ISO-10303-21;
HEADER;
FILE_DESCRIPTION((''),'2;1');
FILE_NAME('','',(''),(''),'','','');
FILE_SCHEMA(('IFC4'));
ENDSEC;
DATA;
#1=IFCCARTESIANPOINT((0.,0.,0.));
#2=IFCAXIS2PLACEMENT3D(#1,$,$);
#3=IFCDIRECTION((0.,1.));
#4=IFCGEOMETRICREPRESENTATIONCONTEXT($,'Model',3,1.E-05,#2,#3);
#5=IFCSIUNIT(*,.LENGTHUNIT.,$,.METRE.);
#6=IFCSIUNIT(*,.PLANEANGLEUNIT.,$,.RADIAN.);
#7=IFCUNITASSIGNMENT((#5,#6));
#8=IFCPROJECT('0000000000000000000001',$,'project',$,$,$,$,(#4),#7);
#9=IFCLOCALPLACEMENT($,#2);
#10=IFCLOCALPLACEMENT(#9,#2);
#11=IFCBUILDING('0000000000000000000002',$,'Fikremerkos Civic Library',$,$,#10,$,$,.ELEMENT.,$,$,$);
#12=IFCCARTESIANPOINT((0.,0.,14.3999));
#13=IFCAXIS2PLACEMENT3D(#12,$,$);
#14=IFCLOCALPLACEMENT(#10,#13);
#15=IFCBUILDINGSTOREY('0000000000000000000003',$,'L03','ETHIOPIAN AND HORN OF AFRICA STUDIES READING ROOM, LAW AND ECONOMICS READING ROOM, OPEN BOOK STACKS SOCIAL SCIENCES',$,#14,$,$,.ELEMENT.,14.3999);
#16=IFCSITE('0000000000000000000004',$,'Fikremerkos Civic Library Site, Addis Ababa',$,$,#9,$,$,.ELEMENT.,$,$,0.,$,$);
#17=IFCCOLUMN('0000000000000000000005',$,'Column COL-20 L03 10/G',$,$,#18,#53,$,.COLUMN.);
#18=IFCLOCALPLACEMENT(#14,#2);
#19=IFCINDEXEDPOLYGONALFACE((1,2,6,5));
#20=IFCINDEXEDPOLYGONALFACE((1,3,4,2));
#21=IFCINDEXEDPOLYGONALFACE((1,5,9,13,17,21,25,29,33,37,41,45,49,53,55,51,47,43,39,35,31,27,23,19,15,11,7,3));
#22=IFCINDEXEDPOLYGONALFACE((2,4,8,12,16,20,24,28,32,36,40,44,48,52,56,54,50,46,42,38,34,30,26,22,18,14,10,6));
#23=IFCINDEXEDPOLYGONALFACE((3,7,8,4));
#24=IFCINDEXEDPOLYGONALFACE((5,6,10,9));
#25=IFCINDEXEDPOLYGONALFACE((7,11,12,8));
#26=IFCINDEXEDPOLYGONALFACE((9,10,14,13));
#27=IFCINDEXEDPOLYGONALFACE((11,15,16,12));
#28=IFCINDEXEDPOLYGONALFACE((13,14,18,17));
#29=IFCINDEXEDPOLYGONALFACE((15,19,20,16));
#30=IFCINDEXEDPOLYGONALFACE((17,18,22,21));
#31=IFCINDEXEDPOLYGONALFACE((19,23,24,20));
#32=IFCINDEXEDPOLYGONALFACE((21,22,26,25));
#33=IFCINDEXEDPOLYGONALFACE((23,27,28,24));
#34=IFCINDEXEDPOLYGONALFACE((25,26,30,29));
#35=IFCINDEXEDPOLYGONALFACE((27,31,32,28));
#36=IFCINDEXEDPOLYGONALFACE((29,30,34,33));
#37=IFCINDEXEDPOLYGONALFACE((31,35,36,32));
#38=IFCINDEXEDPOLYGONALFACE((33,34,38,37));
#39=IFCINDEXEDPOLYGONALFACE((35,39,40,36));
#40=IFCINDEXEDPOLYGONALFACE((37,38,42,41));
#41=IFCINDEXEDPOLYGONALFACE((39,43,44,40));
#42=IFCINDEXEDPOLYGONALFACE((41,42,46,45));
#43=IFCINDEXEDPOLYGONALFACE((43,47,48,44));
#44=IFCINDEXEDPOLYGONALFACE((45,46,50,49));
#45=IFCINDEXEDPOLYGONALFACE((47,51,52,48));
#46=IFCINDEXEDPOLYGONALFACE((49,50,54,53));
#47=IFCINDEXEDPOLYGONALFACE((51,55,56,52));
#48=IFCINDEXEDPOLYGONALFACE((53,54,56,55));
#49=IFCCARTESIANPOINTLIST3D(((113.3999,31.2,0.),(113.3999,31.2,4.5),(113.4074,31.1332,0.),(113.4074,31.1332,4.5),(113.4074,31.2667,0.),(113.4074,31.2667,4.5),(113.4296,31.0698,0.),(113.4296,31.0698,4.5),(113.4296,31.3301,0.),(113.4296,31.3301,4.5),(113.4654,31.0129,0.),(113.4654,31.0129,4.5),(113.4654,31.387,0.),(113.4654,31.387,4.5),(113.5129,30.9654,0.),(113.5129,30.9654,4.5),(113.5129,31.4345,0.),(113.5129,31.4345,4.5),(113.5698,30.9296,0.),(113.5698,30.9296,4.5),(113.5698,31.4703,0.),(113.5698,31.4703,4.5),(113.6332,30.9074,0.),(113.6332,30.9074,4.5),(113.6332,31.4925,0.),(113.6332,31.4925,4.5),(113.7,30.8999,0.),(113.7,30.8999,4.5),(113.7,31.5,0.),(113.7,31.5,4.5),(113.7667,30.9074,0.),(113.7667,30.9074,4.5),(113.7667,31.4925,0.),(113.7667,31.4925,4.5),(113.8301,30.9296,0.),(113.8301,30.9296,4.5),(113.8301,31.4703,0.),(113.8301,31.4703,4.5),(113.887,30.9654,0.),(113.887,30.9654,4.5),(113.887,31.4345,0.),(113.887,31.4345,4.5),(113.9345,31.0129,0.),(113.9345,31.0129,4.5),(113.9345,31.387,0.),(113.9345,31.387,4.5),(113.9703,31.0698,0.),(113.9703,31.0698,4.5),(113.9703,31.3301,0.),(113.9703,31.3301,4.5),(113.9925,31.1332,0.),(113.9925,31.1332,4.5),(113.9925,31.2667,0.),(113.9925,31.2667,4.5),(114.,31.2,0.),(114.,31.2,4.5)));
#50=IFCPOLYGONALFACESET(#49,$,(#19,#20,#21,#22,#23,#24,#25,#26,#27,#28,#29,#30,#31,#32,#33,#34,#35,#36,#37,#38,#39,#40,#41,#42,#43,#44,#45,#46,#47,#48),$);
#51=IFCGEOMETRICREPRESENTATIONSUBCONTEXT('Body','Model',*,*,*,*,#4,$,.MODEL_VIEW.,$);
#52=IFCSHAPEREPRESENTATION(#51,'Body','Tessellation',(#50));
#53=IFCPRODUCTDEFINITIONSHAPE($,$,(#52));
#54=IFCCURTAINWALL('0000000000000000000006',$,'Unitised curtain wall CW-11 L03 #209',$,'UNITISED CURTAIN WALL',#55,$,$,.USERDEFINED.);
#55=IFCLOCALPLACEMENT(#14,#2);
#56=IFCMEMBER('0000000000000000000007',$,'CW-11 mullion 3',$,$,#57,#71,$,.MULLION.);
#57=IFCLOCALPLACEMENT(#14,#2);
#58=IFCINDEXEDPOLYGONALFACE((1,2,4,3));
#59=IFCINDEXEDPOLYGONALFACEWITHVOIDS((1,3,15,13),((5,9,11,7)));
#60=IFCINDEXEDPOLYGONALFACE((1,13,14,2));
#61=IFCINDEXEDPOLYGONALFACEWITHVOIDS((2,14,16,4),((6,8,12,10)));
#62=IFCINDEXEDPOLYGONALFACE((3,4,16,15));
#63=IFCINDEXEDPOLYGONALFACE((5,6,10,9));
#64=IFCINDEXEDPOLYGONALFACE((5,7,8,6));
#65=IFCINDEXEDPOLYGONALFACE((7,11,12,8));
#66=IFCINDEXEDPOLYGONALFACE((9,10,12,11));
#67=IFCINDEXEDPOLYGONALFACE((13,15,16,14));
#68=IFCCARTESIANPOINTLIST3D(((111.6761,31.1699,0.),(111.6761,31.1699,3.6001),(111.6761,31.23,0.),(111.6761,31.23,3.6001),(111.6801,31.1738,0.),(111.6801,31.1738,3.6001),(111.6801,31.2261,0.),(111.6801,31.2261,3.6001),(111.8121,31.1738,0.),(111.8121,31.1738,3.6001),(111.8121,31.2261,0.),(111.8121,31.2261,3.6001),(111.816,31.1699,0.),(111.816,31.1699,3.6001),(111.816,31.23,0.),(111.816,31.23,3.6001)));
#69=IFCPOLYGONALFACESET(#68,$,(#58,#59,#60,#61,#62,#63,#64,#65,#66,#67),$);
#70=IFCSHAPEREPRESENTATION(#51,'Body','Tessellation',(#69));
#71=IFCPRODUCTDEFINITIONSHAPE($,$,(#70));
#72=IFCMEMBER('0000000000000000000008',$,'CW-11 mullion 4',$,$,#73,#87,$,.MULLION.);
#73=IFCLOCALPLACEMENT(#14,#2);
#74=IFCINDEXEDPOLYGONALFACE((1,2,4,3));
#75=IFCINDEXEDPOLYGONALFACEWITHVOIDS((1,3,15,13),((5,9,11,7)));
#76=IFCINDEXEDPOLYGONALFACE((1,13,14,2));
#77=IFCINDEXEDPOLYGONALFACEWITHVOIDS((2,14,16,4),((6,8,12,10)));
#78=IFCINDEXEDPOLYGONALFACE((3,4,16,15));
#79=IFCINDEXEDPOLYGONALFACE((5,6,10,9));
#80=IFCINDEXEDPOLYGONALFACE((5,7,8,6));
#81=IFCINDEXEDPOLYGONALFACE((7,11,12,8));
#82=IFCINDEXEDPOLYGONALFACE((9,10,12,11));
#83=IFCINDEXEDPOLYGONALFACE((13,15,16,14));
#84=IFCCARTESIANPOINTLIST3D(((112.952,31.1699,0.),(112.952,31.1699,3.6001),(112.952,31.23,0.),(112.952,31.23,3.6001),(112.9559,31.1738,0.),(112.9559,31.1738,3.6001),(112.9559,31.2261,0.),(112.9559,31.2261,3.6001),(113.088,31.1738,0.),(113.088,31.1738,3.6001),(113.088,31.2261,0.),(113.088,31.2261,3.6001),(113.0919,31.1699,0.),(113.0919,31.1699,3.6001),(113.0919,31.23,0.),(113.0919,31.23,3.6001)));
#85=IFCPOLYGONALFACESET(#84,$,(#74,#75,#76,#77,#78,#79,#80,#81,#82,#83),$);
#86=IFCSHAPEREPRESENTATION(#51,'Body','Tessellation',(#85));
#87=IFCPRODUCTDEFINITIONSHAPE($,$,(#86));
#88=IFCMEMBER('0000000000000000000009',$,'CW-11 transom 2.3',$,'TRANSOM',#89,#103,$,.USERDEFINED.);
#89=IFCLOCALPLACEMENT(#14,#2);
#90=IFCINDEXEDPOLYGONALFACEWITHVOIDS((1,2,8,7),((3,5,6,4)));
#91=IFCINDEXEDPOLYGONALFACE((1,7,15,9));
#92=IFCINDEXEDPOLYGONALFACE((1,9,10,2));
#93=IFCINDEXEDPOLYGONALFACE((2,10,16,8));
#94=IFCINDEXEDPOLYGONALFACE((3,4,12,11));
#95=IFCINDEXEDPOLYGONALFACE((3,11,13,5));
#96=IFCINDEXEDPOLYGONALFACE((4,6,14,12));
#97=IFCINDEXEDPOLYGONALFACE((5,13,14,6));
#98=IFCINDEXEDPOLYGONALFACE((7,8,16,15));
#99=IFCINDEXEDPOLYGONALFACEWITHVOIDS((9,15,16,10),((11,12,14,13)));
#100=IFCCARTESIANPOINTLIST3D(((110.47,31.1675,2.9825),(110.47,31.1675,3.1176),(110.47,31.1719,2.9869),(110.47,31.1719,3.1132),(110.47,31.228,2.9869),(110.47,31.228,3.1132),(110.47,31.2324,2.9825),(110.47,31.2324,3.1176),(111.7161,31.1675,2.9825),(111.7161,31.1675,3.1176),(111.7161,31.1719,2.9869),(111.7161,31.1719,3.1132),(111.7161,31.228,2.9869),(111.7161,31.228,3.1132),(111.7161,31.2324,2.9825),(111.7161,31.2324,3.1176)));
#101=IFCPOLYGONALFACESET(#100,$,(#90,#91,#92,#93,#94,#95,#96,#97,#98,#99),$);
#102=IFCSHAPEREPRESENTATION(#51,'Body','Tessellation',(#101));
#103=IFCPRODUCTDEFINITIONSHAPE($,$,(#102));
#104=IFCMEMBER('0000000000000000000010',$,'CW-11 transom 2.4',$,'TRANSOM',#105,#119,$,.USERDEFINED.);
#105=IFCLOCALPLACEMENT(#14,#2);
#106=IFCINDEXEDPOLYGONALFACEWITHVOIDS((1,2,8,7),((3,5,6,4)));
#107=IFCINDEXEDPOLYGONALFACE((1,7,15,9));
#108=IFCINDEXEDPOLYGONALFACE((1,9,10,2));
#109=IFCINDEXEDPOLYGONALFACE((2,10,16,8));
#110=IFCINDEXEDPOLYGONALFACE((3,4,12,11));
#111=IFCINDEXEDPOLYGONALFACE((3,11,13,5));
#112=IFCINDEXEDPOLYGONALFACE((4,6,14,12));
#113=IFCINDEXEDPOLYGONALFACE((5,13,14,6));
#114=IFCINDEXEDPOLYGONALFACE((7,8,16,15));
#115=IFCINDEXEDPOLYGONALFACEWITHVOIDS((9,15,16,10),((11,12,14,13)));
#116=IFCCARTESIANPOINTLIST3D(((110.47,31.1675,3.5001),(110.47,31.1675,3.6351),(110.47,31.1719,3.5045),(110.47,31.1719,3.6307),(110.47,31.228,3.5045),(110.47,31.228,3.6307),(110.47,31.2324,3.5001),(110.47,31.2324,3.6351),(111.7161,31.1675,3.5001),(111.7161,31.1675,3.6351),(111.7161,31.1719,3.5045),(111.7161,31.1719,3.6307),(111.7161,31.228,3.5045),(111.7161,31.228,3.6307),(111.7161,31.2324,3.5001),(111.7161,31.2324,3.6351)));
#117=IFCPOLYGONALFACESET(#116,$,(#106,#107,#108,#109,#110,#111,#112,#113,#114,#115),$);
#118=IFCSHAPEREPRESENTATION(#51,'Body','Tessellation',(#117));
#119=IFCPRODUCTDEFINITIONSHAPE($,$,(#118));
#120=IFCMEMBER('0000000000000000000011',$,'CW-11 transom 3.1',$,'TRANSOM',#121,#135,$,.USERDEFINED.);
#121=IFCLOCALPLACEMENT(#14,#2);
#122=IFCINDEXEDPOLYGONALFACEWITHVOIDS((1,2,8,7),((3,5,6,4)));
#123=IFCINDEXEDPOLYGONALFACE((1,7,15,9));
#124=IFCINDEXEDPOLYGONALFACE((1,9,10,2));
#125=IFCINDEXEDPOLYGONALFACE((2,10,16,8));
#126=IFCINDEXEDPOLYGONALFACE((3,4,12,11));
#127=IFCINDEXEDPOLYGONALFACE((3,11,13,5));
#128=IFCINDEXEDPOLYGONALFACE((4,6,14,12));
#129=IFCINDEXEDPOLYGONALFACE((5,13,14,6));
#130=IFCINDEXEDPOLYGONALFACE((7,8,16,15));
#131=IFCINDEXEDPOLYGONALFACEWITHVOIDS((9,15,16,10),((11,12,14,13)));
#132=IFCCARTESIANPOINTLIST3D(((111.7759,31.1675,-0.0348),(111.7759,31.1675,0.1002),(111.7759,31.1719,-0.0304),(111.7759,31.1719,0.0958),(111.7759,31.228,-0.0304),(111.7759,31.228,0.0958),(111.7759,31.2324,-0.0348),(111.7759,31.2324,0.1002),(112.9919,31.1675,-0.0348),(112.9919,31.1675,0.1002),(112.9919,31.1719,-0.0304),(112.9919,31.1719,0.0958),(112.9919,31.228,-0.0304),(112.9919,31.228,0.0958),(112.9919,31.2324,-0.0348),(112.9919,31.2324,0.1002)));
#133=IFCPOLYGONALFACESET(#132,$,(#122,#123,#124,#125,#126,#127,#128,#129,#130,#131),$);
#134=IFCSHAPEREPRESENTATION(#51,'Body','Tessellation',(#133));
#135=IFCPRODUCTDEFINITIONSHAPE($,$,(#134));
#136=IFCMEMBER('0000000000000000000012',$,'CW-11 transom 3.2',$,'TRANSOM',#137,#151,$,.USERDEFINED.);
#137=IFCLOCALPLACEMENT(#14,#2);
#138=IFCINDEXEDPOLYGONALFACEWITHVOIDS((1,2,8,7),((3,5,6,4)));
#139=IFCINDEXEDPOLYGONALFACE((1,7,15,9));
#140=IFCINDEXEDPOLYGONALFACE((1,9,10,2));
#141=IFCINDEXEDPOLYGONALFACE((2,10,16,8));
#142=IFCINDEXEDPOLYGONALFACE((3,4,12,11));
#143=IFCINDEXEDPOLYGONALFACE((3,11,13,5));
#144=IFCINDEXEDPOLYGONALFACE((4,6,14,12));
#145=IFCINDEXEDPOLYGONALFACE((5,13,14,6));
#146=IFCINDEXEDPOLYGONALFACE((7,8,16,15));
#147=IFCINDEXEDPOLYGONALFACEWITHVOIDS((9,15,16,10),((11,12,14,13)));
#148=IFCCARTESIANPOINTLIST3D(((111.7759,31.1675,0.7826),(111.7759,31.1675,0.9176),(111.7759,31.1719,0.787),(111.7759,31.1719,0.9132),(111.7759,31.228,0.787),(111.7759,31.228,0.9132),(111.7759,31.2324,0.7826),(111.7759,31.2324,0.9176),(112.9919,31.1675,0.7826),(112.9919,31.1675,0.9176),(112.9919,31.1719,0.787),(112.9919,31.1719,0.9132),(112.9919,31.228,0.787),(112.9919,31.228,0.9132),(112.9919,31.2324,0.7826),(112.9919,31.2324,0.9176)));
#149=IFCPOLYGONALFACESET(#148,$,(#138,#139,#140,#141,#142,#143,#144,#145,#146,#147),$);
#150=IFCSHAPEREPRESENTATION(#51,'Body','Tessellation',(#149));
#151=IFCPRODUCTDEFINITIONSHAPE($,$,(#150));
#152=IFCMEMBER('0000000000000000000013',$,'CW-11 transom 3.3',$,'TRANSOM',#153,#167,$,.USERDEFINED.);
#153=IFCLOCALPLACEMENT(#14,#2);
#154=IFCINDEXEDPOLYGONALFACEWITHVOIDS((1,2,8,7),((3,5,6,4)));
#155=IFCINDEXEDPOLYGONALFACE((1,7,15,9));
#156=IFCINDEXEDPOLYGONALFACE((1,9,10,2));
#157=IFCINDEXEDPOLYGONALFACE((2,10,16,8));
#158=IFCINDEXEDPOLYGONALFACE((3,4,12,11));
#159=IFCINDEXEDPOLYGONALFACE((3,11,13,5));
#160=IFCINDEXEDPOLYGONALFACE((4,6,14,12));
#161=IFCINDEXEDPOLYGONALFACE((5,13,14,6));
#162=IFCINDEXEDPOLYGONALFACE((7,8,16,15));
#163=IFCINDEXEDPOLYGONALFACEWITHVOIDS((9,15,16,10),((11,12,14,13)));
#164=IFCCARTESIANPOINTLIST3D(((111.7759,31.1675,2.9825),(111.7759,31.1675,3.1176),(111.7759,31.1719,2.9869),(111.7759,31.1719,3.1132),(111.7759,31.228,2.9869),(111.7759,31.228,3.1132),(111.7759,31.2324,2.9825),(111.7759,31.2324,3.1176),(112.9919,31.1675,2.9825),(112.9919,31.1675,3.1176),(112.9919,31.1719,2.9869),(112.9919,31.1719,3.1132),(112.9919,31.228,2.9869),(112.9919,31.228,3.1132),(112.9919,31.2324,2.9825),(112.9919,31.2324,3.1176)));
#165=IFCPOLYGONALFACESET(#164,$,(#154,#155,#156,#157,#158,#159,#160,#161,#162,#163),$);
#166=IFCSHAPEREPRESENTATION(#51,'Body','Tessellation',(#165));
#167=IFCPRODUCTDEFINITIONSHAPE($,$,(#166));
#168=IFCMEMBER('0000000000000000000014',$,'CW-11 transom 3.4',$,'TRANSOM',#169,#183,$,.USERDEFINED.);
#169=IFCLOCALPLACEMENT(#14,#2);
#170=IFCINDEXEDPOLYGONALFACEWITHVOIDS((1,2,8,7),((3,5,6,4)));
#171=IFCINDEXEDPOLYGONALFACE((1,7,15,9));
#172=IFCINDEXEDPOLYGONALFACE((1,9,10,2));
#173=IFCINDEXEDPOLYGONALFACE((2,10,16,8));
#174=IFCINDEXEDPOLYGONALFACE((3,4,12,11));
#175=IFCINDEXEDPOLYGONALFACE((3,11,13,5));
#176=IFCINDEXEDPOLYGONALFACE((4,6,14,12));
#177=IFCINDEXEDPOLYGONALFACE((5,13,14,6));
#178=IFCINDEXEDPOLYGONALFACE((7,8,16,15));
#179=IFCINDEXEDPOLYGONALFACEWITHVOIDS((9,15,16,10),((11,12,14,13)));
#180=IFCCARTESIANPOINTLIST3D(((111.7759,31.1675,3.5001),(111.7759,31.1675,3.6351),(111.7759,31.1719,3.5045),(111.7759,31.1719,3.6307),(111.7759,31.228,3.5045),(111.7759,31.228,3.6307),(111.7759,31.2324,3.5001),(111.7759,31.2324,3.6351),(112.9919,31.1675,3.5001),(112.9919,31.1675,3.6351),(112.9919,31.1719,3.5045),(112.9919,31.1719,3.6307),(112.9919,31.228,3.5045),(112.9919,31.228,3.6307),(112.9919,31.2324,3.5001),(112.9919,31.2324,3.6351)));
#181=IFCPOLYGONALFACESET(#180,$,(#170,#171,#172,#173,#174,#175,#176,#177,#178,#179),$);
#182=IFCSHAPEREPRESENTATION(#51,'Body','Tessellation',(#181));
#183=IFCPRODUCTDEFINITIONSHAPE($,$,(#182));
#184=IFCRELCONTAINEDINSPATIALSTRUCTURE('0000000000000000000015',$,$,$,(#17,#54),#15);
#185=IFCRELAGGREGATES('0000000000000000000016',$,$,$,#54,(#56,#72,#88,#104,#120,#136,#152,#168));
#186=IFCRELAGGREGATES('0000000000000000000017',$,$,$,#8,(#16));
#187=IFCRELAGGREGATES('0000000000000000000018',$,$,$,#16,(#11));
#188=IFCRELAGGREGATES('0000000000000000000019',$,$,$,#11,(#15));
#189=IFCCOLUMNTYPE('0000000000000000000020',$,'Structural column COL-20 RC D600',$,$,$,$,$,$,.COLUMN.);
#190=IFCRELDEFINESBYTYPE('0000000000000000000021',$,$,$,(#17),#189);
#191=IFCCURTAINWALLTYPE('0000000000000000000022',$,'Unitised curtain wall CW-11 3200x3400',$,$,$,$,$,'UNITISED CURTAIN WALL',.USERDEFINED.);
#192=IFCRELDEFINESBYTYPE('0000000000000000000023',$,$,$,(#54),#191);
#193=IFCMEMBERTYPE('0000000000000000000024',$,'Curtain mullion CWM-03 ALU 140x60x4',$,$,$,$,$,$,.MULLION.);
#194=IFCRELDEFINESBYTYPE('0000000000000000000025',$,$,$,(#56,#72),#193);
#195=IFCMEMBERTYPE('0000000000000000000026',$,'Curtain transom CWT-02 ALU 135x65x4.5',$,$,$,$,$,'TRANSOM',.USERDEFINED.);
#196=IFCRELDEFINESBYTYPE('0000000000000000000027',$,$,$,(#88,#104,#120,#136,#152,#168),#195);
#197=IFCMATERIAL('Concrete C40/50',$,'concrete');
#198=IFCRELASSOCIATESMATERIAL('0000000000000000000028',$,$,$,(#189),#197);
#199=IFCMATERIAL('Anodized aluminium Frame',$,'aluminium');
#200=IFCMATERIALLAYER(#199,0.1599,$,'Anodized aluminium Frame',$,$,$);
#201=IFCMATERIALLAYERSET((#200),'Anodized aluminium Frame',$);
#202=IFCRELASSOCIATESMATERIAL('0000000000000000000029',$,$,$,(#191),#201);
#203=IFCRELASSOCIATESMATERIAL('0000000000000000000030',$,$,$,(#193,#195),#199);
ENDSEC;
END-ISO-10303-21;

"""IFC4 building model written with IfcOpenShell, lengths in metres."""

from ifc_helpers import new_model, si_unit, direction, frame, origin, origin_2d, place, context, subcontext, project, spatial, hollow_rectangle, circle, extrude, material, layer, layer_set, material_profile, profile_set, type_object, element, aggregate, save


model = new_model("IFC4")

# Units and contexts
model_context = context("Model", 3, precision=1e-05, world=origin(), true_north=direction((0.0, 1.0)))
body_context = subcontext(model_context, "Body", "Model", "MODEL_VIEW")
ifc_project = project(units=[si_unit("LENGTHUNIT", "METRE"), si_unit("PLANEANGLEUNIT", "RADIAN")], contexts=[model_context])

# Site, building, storey
site_placement = place(None, origin())
site = spatial("IfcSite", under=ifc_project, at=site_placement, Name="Fikremerkos Civic Library Site, Addis Ababa", CompositionType="ELEMENT", RefElevation=0.0)
building_placement = place(site_placement, origin())
building = spatial("IfcBuilding", under=site, at=building_placement, Name="Fikremerkos Civic Library", CompositionType="ELEMENT")
storey_placement = place(building_placement, frame((0.0, 0.0, 14.3999)))
storey = spatial("IfcBuildingStorey", under=building, at=storey_placement, Name="L03", Description="ETHIOPIAN AND HORN OF AFRICA STUDIES READING ROOM, LAW AND ECONOMICS READING ROOM, OPEN BOOK STACKS SOCIAL SCIENCES", CompositionType="ELEMENT", Elevation=14.3999)

# Column
ifc_material_1 = material(Name="Concrete C40/50", Category="concrete")
ifc_material_profile_1 = material_profile(ifc_material_1, circle(Radius=0.3, at=origin_2d()), Name="RC D600")
ifc_profile_set_1 = profile_set([ifc_material_profile_1], Name="Concrete C40/50")
column_type = type_object("IfcColumnType", Name="Structural column COL-20 RC D600", PredefinedType="COLUMN", material=ifc_profile_set_1)
column_placement = place(storey_placement, frame((113.7, 31.2, 0.0), z_axis=(0.0, 0.0, 1.0), x_axis=(1.0, 0.0, 0.0)))
element("IfcColumn", 1, at=column_placement, inside=storey, type_object=column_type, Name="Column COL-20 L03 10/G", PredefinedType="COLUMN", context=body_context, shape_type="SweptSolid", body=[
    extrude(circle(Radius=0.3, at=origin_2d()), origin(), (0.0, 0.0, 1.0), 4.5),
])

# Curtain wall, members
ifc_material_2 = material(Name="Anodized aluminium Frame", Category="aluminium")
ifc_layer_1 = layer(ifc_material_2, 0.1599, Name="Anodized aluminium Frame")
ifc_layer_set_1 = layer_set([ifc_layer_1], Name="Anodized aluminium Frame")
curtain_wall_type = type_object("IfcCurtainWallType", Name="Unitised curtain wall CW-11 3200x3400", ElementType="UNITISED CURTAIN WALL", PredefinedType="USERDEFINED", material=ifc_layer_set_1)
curtain_wall_placement = place(storey_placement, origin())
curtain_wall = element("IfcCurtainWall", 2, at=curtain_wall_placement, inside=storey, type_object=curtain_wall_type, Name="Unitised curtain wall CW-11 L03 #209", ObjectType="UNITISED CURTAIN WALL", PredefinedType="USERDEFINED")
ifc_material_profile_2 = material_profile(ifc_material_2, hollow_rectangle(XDim=0.0601, YDim=0.1399, WallThickness=0.0039, at=origin_2d()), Name="ALU 140x60x4")
ifc_profile_set_2 = profile_set([ifc_material_profile_2], Name="Anodized aluminium Frame")
member_type_1 = type_object("IfcMemberType", Name="Curtain mullion CWM-03 ALU 140x60x4", PredefinedType="MULLION", material=ifc_profile_set_2)
member_1_placement = place(storey_placement, frame((111.7461, 31.2, 0.0), z_axis=(0.0, 0.0, 1.0), x_axis=(0.0, 1.0, 0.0)))
member_1 = element("IfcMember", 3, at=member_1_placement, type_object=member_type_1, Name="CW-11 mullion 3", PredefinedType="MULLION", context=body_context, shape_type="SweptSolid", body=[
    extrude(hollow_rectangle(XDim=0.0601, YDim=0.1399, WallThickness=0.0039, at=origin_2d()), origin(), (0.0, 0.0, 1.0), 3.6001),
])
member_2_placement = place(storey_placement, frame((113.022, 31.2, 0.0), z_axis=(0.0, 0.0, 1.0), x_axis=(0.0, 1.0, 0.0)))
member_2 = element("IfcMember", 4, at=member_2_placement, type_object=member_type_1, Name="CW-11 mullion 4", PredefinedType="MULLION", context=body_context, shape_type="SweptSolid", body=[
    extrude(hollow_rectangle(XDim=0.0601, YDim=0.1399, WallThickness=0.0039, at=origin_2d()), origin(), (0.0, 0.0, 1.0), 3.6001),
])
ifc_material_profile_3 = material_profile(ifc_material_2, hollow_rectangle(XDim=0.0649, YDim=0.135, WallThickness=0.0044, at=origin_2d()), Name="ALU 135x65x4.5")
ifc_profile_set_3 = profile_set([ifc_material_profile_3], Name="Anodized aluminium Frame")
member_type_2 = type_object("IfcMemberType", Name="Curtain transom CWT-02 ALU 135x65x4.5", ElementType="TRANSOM", PredefinedType="USERDEFINED", material=ifc_profile_set_3)
member_3_placement = place(storey_placement, frame((110.47, 31.2, 3.05), z_axis=(1.0, 0.0, 0.0), x_axis=(0.0, 1.0, 0.0)))
member_3 = element("IfcMember", 5, at=member_3_placement, type_object=member_type_2, Name="CW-11 transom 2.3", ObjectType="TRANSOM", PredefinedType="USERDEFINED", context=body_context, shape_type="SweptSolid", body=[
    extrude(hollow_rectangle(XDim=0.0649, YDim=0.135, WallThickness=0.0044, at=origin_2d()), origin(), (0.0, 0.0, 1.0), 1.2461),
])
member_4_placement = place(storey_placement, frame((110.47, 31.2, 3.5676), z_axis=(1.0, 0.0, 0.0), x_axis=(0.0, 1.0, 0.0)))
member_4 = element("IfcMember", 6, at=member_4_placement, type_object=member_type_2, Name="CW-11 transom 2.4", ObjectType="TRANSOM", PredefinedType="USERDEFINED", context=body_context, shape_type="SweptSolid", body=[
    extrude(hollow_rectangle(XDim=0.0649, YDim=0.135, WallThickness=0.0044, at=origin_2d()), origin(), (0.0, 0.0, 1.0), 1.2461),
])
member_5_placement = place(storey_placement, frame((111.7759, 31.2, 0.0327), z_axis=(1.0, 0.0, 0.0), x_axis=(0.0, 1.0, 0.0)))
member_5 = element("IfcMember", 7, at=member_5_placement, type_object=member_type_2, Name="CW-11 transom 3.1", ObjectType="TRANSOM", PredefinedType="USERDEFINED", context=body_context, shape_type="SweptSolid", body=[
    extrude(hollow_rectangle(XDim=0.0649, YDim=0.135, WallThickness=0.0044, at=origin_2d()), origin(), (0.0, 0.0, 1.0), 1.2161),
])
member_6_placement = place(storey_placement, frame((111.7759, 31.2, 0.8501), z_axis=(1.0, 0.0, 0.0), x_axis=(0.0, 1.0, 0.0)))
member_6 = element("IfcMember", 8, at=member_6_placement, type_object=member_type_2, Name="CW-11 transom 3.2", ObjectType="TRANSOM", PredefinedType="USERDEFINED", context=body_context, shape_type="SweptSolid", body=[
    extrude(hollow_rectangle(XDim=0.0649, YDim=0.135, WallThickness=0.0044, at=origin_2d()), origin(), (0.0, 0.0, 1.0), 1.2161),
])
member_7_placement = place(storey_placement, frame((111.7759, 31.2, 3.05), z_axis=(1.0, 0.0, 0.0), x_axis=(0.0, 1.0, 0.0)))
member_7 = element("IfcMember", 9, at=member_7_placement, type_object=member_type_2, Name="CW-11 transom 3.3", ObjectType="TRANSOM", PredefinedType="USERDEFINED", context=body_context, shape_type="SweptSolid", body=[
    extrude(hollow_rectangle(XDim=0.0649, YDim=0.135, WallThickness=0.0044, at=origin_2d()), origin(), (0.0, 0.0, 1.0), 1.2161),
])
member_8_placement = place(storey_placement, frame((111.7759, 31.2, 3.5676), z_axis=(1.0, 0.0, 0.0), x_axis=(0.0, 1.0, 0.0)))
member_8 = element("IfcMember", 10, at=member_8_placement, type_object=member_type_2, Name="CW-11 transom 3.4", ObjectType="TRANSOM", PredefinedType="USERDEFINED", context=body_context, shape_type="SweptSolid", body=[
    extrude(hollow_rectangle(XDim=0.0649, YDim=0.135, WallThickness=0.0044, at=origin_2d()), origin(), (0.0, 0.0, 1.0), 1.2161),
])

aggregate(curtain_wall, [member_1, member_2, member_3, member_4, member_5, member_6, member_7, member_8])

save(model, "model.ifc")
